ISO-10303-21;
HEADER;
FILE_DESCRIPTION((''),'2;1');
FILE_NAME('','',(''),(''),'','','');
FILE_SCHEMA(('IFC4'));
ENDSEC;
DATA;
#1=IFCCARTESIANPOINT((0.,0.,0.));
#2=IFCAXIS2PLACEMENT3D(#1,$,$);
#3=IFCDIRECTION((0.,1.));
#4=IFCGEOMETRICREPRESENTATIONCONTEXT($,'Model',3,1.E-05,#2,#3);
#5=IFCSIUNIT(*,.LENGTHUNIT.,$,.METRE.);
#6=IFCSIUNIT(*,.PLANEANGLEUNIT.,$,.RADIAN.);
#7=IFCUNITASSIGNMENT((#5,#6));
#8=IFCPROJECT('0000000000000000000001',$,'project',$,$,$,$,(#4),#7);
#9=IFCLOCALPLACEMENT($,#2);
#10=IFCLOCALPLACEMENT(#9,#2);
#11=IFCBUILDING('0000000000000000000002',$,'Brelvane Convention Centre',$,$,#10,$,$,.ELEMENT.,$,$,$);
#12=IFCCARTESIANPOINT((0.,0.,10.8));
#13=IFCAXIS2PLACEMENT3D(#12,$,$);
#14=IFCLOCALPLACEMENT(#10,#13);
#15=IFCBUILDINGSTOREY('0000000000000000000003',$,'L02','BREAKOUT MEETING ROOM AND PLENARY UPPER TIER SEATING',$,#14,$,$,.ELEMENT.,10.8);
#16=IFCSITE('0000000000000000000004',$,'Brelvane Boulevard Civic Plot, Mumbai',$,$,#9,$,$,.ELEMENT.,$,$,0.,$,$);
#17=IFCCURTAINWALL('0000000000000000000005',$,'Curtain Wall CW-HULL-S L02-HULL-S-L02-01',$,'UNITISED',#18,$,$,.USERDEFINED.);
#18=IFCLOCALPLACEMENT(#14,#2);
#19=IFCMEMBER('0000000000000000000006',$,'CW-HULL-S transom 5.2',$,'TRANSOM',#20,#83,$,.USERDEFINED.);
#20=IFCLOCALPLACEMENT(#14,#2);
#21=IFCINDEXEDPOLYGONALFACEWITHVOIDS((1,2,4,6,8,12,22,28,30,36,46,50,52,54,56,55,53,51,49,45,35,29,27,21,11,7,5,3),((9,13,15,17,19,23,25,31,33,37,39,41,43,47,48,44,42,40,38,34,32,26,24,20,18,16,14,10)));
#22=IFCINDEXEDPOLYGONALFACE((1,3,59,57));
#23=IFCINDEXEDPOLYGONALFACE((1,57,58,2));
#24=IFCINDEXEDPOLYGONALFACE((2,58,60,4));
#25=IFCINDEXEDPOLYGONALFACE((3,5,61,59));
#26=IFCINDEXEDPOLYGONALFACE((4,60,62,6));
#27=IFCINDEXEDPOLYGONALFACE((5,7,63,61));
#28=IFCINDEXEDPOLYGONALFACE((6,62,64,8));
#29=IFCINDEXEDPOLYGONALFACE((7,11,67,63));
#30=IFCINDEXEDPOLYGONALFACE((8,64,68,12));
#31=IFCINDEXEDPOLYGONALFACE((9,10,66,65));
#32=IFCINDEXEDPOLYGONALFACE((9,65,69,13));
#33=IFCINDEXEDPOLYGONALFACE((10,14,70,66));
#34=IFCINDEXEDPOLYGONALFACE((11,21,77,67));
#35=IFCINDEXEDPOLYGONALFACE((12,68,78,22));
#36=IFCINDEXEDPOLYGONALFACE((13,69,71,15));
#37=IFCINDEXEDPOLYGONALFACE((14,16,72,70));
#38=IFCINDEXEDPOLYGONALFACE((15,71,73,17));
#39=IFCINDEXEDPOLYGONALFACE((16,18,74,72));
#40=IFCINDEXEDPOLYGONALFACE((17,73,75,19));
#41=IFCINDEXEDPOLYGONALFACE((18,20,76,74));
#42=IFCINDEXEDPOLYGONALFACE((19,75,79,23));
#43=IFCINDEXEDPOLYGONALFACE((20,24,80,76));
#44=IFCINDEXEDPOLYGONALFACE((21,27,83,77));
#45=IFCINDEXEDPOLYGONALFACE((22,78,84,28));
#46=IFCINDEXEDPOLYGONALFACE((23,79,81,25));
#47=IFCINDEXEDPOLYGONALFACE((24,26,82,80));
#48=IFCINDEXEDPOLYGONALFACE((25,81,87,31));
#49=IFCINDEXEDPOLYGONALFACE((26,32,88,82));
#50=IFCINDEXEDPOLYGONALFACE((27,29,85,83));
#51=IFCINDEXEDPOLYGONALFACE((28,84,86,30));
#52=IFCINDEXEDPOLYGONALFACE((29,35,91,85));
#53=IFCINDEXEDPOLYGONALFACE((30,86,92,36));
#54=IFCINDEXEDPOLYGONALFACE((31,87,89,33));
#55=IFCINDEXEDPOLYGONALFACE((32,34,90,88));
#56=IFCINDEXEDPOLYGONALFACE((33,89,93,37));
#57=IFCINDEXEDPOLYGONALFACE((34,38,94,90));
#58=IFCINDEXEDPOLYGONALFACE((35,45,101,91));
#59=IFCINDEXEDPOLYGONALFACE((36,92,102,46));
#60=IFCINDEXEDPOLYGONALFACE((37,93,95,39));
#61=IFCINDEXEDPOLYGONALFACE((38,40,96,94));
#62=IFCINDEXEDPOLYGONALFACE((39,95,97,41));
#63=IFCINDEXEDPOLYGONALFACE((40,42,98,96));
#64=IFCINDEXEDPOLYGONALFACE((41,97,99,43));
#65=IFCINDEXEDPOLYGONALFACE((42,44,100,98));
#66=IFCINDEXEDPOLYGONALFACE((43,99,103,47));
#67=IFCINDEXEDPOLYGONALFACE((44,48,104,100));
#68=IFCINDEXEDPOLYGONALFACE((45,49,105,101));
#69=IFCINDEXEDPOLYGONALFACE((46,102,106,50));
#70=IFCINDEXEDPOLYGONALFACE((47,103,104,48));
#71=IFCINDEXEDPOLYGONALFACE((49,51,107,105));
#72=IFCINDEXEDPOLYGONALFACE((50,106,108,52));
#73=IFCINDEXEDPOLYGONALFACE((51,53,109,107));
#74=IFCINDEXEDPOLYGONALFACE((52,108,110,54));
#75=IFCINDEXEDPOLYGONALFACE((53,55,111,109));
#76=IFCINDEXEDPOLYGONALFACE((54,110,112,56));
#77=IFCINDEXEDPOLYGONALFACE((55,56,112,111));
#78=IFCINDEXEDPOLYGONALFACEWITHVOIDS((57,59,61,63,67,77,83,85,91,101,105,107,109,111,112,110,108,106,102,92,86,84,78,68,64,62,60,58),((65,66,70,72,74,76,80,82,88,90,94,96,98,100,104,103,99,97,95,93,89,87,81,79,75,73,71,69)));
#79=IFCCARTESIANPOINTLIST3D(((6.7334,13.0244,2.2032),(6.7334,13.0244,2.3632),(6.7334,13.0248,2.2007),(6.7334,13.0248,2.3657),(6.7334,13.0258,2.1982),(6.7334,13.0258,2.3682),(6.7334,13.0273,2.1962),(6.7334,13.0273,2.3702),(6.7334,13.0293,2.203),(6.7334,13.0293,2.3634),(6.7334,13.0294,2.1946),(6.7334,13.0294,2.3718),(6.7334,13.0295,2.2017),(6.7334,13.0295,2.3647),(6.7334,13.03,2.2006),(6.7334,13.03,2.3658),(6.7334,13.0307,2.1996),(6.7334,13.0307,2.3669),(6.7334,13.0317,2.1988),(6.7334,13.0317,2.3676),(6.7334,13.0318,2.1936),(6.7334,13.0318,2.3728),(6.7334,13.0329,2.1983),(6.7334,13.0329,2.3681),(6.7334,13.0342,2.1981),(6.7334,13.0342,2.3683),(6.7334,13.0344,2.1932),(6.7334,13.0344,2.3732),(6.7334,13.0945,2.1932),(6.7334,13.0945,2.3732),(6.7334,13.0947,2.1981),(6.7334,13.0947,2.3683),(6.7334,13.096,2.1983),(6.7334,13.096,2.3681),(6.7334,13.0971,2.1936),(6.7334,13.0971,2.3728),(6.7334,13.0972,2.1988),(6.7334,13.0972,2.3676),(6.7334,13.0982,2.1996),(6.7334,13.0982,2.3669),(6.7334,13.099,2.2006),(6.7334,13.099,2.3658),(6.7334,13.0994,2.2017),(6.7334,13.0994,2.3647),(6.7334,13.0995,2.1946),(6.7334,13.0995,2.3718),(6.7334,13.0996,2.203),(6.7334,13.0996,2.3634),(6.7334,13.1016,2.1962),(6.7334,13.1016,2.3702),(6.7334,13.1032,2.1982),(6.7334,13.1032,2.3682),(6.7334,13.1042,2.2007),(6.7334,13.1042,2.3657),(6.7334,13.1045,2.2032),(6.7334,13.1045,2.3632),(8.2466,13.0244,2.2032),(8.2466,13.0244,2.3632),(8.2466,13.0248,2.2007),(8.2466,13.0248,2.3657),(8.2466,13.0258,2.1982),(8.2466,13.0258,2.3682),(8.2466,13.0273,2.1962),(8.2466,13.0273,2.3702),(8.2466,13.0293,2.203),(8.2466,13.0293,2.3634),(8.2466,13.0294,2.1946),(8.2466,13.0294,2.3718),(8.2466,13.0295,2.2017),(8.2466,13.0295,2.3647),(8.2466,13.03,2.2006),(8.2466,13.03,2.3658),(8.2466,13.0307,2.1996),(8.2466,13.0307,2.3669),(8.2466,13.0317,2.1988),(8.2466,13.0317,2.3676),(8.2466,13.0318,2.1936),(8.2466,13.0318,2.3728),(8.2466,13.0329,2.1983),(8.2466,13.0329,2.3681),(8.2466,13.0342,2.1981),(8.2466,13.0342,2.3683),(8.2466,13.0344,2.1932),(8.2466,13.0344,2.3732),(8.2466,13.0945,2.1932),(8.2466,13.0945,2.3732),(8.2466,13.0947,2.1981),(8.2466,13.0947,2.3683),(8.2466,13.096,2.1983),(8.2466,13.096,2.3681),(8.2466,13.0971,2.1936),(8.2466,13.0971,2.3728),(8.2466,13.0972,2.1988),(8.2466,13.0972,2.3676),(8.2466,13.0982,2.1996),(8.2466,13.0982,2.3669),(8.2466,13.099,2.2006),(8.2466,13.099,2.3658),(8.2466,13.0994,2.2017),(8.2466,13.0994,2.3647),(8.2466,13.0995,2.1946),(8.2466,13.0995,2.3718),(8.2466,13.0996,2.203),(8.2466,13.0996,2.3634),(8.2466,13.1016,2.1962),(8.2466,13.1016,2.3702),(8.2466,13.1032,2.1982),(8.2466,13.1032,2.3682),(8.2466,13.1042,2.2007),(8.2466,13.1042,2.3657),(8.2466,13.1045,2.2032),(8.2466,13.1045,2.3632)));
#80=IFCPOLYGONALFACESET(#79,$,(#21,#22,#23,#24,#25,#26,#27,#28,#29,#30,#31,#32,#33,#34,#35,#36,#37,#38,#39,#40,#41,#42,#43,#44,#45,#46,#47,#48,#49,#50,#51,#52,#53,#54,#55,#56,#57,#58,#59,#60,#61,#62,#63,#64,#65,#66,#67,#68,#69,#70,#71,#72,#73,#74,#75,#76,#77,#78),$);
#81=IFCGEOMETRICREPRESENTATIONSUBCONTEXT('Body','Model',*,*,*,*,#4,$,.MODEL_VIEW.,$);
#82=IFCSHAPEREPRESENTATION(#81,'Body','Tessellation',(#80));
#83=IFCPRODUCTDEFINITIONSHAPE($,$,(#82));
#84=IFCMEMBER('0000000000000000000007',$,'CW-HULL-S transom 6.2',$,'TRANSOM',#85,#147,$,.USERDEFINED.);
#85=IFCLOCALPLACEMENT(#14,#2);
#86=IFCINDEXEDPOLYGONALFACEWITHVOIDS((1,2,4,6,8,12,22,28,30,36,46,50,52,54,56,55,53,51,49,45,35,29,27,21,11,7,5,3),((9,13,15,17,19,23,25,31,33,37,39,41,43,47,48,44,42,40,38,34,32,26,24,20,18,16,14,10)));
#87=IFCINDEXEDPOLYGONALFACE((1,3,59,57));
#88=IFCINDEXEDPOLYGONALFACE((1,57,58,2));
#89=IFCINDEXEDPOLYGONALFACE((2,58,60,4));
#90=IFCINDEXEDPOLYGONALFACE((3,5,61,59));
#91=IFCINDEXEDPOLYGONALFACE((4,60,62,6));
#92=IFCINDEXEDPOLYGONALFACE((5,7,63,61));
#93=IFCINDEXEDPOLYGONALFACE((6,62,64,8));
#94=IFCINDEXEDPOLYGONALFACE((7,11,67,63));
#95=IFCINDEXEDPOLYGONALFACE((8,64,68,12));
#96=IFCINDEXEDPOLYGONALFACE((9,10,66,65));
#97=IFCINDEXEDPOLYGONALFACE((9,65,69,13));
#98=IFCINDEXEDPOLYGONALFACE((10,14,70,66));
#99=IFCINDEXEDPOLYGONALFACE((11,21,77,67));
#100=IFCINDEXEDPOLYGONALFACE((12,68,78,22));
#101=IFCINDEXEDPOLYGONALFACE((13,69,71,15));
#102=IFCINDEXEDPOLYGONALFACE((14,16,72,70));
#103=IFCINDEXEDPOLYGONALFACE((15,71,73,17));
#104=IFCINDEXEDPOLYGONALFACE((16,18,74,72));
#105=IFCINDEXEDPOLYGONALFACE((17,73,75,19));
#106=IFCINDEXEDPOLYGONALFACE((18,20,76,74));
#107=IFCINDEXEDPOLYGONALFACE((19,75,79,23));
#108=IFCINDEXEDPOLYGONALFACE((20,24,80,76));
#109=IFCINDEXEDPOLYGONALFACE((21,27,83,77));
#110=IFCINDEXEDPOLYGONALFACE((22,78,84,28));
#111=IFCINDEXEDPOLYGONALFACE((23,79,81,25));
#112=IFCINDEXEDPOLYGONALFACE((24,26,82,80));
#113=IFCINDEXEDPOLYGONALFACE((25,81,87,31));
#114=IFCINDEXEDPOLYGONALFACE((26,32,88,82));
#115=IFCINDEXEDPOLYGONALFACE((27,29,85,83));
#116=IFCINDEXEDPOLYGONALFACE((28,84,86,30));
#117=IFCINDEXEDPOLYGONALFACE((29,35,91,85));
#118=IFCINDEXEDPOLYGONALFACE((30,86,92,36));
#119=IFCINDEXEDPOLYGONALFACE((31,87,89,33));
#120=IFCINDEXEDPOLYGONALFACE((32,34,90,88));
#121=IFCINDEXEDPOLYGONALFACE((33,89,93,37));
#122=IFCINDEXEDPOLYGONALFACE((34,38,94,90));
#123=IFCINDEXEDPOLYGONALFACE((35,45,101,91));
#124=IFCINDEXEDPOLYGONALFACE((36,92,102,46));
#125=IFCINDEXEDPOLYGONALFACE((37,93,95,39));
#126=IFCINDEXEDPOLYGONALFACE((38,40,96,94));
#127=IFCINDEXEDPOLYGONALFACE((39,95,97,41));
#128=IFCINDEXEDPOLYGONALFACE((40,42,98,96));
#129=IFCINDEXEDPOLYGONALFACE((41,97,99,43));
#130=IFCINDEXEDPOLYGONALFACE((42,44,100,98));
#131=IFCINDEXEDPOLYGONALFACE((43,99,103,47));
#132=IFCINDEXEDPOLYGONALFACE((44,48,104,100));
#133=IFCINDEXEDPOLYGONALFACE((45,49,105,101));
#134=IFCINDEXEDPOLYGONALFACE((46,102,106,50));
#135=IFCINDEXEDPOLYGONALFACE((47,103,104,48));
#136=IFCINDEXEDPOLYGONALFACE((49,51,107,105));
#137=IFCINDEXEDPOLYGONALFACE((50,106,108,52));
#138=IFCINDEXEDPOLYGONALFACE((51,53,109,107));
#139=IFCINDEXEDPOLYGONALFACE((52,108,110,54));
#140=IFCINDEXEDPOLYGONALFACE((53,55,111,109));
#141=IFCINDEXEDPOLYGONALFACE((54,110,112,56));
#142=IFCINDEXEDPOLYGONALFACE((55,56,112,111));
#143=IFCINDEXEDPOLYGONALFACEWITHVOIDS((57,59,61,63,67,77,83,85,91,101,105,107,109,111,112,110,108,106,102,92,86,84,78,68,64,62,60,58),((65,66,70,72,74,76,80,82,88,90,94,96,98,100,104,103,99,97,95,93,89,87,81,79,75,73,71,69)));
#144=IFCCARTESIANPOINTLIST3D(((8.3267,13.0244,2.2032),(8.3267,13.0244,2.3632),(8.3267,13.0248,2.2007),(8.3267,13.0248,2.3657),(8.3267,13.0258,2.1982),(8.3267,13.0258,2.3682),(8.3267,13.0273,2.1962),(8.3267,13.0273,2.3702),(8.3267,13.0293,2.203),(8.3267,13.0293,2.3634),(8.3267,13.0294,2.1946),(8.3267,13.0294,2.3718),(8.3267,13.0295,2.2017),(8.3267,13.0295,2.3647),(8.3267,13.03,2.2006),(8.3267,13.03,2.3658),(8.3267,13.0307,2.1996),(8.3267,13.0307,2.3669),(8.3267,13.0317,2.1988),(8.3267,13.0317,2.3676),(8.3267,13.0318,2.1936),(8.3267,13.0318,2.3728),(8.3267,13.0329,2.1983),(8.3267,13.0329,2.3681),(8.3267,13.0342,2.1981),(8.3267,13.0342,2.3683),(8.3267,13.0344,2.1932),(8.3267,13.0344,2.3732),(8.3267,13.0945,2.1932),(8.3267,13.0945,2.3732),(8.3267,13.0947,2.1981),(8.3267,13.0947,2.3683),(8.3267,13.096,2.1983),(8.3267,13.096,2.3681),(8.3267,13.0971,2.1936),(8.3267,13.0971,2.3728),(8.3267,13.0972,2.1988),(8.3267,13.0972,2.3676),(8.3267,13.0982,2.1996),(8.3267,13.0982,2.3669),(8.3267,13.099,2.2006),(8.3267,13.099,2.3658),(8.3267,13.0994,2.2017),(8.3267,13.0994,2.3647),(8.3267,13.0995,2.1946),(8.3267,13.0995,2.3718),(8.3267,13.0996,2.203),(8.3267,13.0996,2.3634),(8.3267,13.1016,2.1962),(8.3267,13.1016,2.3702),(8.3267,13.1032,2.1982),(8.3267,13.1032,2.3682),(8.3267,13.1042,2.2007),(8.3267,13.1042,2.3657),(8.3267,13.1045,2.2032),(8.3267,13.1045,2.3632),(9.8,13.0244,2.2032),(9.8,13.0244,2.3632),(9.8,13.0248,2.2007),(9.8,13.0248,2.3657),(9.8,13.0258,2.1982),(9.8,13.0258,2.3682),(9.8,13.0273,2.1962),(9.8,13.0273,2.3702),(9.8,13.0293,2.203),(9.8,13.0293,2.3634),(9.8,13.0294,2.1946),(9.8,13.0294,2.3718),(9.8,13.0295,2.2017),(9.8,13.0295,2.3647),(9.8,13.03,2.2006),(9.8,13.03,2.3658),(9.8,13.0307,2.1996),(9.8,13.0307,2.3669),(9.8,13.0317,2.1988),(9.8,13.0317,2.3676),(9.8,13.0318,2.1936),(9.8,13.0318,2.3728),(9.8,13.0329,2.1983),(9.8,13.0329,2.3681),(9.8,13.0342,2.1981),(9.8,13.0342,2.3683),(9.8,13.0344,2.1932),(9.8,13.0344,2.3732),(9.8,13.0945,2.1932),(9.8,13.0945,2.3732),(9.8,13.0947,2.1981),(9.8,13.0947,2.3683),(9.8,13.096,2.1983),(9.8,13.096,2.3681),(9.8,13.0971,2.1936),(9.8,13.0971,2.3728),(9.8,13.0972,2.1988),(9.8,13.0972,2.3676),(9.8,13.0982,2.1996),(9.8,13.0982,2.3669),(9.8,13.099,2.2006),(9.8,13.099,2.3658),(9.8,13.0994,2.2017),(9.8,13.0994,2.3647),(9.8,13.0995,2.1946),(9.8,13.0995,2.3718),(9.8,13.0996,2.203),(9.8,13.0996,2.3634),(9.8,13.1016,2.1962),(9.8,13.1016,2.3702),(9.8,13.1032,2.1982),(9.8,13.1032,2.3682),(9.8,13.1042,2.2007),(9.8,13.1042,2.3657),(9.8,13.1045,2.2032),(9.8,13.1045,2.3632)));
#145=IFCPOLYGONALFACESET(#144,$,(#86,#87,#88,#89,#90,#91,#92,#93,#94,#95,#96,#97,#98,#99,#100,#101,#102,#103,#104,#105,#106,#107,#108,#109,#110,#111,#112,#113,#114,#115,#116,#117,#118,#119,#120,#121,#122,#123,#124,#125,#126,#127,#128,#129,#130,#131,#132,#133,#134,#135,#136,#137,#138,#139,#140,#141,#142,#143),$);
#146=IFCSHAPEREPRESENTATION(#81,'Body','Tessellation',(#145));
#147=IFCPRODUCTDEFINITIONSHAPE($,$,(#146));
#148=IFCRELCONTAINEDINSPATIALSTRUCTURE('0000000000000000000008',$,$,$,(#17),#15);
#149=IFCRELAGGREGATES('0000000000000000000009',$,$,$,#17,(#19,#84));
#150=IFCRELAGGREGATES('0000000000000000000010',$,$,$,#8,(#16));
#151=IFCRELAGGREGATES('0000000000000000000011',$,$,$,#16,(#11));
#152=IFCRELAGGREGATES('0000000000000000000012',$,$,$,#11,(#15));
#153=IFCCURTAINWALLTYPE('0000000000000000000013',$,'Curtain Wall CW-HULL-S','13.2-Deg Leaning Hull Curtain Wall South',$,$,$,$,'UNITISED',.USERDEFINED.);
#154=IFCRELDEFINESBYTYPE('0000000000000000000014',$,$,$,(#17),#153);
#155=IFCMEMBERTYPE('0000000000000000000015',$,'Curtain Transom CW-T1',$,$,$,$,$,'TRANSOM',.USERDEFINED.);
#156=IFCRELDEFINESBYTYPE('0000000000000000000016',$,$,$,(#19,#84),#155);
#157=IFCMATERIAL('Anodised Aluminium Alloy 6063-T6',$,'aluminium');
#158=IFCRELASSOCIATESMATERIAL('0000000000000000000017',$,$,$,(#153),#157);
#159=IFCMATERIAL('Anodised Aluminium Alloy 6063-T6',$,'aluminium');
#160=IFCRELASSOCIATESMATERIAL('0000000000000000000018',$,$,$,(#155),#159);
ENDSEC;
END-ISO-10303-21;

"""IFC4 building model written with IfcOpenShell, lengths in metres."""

from ifc_helpers import new_model, si_unit, direction, frame, origin, origin_2d, place, context, subcontext, project, spatial, hollow_rectangle, extrude, material, material_profile, profile_set, type_object, element, aggregate, save


model = new_model("IFC4")

# Units and contexts
model_context = context("Model", 3, precision=1e-05, world=origin(), true_north=direction((0.0, 1.0)))
body_context = subcontext(model_context, "Body", "Model", "MODEL_VIEW")
ifc_project = project(units=[si_unit("LENGTHUNIT", "METRE"), si_unit("PLANEANGLEUNIT", "RADIAN")], contexts=[model_context])

# Site, building, storey
site_placement = place(None, origin())
site = spatial("IfcSite", under=ifc_project, at=site_placement, Name="Brelvane Boulevard Civic Plot, Mumbai", CompositionType="ELEMENT", RefElevation=0.0)
building_placement = place(site_placement, origin())
building = spatial("IfcBuilding", under=site, at=building_placement, Name="Brelvane Convention Centre", CompositionType="ELEMENT")
storey_placement = place(building_placement, frame((0.0, 0.0, 10.8)))
storey = spatial("IfcBuildingStorey", under=building, at=storey_placement, Name="L02", Description="BREAKOUT MEETING ROOM AND PLENARY UPPER TIER SEATING", CompositionType="ELEMENT", Elevation=10.8)

# Curtain wall, members
ifc_material_1 = material(Name="Anodised Aluminium Alloy 6063-T6", Category="aluminium")
curtain_wall_type = type_object("IfcCurtainWallType", Name="Curtain Wall CW-HULL-S", Description="13.2-Deg Leaning Hull Curtain Wall South", ElementType="UNITISED", PredefinedType="USERDEFINED", material=ifc_material_1)
curtain_wall_1_placement = place(storey_placement, origin())
curtain_wall_1 = element("IfcCurtainWall", 1, at=curtain_wall_1_placement, inside=storey, type_object=curtain_wall_type, Name="Curtain Wall CW-HULL-S L02-HULL-S-L02-01", ObjectType="UNITISED", PredefinedType="USERDEFINED")
ifc_material_2 = material(Name="Anodised Aluminium Alloy 6063-T6", Category="aluminium")
ifc_material_profile = material_profile(ifc_material_2, hollow_rectangle(XDim=0.0801, YDim=0.1799, WallThickness=0.0049, InnerFilletRadius=0.0049, OuterFilletRadius=0.01, at=origin_2d()), Name="ALU-T 180x80x5.0")
ifc_profile_set = profile_set([ifc_material_profile], Name="Anodised Aluminium Alloy 6063-T6")
member_type = type_object("IfcMemberType", Name="Curtain Transom CW-T1", ElementType="TRANSOM", PredefinedType="USERDEFINED", material=ifc_profile_set)
member_1_placement = place(storey_placement, frame((6.7334, 13.0645, 2.2832), z_axis=(1.0, 0.0, 0.0), x_axis=(0.0, 1.0, 0.0)))
member_1 = element("IfcMember", 2, at=member_1_placement, type_object=member_type, Name="CW-HULL-S transom 5.2", ObjectType="TRANSOM", PredefinedType="USERDEFINED", context=body_context, shape_type="SweptSolid", body=[
    extrude(hollow_rectangle(XDim=0.0801, YDim=0.1799, WallThickness=0.0049, InnerFilletRadius=0.0049, OuterFilletRadius=0.01, at=origin_2d()), origin(), (0.0, 0.0, 1.0), 1.5132),
])
member_2_placement = place(storey_placement, frame((8.3267, 13.0645, 2.2832), z_axis=(1.0, 0.0, 0.0), x_axis=(0.0, 1.0, 0.0)))
member_2 = element("IfcMember", 3, at=member_2_placement, type_object=member_type, Name="CW-HULL-S transom 6.2", ObjectType="TRANSOM", PredefinedType="USERDEFINED", context=body_context, shape_type="SweptSolid", body=[
    extrude(hollow_rectangle(XDim=0.0801, YDim=0.1799, WallThickness=0.0049, InnerFilletRadius=0.0049, OuterFilletRadius=0.01, at=origin_2d()), origin(), (0.0, 0.0, 1.0), 1.4734),
])

aggregate(curtain_wall_1, [member_1, member_2])

save(model, "model.ifc")
